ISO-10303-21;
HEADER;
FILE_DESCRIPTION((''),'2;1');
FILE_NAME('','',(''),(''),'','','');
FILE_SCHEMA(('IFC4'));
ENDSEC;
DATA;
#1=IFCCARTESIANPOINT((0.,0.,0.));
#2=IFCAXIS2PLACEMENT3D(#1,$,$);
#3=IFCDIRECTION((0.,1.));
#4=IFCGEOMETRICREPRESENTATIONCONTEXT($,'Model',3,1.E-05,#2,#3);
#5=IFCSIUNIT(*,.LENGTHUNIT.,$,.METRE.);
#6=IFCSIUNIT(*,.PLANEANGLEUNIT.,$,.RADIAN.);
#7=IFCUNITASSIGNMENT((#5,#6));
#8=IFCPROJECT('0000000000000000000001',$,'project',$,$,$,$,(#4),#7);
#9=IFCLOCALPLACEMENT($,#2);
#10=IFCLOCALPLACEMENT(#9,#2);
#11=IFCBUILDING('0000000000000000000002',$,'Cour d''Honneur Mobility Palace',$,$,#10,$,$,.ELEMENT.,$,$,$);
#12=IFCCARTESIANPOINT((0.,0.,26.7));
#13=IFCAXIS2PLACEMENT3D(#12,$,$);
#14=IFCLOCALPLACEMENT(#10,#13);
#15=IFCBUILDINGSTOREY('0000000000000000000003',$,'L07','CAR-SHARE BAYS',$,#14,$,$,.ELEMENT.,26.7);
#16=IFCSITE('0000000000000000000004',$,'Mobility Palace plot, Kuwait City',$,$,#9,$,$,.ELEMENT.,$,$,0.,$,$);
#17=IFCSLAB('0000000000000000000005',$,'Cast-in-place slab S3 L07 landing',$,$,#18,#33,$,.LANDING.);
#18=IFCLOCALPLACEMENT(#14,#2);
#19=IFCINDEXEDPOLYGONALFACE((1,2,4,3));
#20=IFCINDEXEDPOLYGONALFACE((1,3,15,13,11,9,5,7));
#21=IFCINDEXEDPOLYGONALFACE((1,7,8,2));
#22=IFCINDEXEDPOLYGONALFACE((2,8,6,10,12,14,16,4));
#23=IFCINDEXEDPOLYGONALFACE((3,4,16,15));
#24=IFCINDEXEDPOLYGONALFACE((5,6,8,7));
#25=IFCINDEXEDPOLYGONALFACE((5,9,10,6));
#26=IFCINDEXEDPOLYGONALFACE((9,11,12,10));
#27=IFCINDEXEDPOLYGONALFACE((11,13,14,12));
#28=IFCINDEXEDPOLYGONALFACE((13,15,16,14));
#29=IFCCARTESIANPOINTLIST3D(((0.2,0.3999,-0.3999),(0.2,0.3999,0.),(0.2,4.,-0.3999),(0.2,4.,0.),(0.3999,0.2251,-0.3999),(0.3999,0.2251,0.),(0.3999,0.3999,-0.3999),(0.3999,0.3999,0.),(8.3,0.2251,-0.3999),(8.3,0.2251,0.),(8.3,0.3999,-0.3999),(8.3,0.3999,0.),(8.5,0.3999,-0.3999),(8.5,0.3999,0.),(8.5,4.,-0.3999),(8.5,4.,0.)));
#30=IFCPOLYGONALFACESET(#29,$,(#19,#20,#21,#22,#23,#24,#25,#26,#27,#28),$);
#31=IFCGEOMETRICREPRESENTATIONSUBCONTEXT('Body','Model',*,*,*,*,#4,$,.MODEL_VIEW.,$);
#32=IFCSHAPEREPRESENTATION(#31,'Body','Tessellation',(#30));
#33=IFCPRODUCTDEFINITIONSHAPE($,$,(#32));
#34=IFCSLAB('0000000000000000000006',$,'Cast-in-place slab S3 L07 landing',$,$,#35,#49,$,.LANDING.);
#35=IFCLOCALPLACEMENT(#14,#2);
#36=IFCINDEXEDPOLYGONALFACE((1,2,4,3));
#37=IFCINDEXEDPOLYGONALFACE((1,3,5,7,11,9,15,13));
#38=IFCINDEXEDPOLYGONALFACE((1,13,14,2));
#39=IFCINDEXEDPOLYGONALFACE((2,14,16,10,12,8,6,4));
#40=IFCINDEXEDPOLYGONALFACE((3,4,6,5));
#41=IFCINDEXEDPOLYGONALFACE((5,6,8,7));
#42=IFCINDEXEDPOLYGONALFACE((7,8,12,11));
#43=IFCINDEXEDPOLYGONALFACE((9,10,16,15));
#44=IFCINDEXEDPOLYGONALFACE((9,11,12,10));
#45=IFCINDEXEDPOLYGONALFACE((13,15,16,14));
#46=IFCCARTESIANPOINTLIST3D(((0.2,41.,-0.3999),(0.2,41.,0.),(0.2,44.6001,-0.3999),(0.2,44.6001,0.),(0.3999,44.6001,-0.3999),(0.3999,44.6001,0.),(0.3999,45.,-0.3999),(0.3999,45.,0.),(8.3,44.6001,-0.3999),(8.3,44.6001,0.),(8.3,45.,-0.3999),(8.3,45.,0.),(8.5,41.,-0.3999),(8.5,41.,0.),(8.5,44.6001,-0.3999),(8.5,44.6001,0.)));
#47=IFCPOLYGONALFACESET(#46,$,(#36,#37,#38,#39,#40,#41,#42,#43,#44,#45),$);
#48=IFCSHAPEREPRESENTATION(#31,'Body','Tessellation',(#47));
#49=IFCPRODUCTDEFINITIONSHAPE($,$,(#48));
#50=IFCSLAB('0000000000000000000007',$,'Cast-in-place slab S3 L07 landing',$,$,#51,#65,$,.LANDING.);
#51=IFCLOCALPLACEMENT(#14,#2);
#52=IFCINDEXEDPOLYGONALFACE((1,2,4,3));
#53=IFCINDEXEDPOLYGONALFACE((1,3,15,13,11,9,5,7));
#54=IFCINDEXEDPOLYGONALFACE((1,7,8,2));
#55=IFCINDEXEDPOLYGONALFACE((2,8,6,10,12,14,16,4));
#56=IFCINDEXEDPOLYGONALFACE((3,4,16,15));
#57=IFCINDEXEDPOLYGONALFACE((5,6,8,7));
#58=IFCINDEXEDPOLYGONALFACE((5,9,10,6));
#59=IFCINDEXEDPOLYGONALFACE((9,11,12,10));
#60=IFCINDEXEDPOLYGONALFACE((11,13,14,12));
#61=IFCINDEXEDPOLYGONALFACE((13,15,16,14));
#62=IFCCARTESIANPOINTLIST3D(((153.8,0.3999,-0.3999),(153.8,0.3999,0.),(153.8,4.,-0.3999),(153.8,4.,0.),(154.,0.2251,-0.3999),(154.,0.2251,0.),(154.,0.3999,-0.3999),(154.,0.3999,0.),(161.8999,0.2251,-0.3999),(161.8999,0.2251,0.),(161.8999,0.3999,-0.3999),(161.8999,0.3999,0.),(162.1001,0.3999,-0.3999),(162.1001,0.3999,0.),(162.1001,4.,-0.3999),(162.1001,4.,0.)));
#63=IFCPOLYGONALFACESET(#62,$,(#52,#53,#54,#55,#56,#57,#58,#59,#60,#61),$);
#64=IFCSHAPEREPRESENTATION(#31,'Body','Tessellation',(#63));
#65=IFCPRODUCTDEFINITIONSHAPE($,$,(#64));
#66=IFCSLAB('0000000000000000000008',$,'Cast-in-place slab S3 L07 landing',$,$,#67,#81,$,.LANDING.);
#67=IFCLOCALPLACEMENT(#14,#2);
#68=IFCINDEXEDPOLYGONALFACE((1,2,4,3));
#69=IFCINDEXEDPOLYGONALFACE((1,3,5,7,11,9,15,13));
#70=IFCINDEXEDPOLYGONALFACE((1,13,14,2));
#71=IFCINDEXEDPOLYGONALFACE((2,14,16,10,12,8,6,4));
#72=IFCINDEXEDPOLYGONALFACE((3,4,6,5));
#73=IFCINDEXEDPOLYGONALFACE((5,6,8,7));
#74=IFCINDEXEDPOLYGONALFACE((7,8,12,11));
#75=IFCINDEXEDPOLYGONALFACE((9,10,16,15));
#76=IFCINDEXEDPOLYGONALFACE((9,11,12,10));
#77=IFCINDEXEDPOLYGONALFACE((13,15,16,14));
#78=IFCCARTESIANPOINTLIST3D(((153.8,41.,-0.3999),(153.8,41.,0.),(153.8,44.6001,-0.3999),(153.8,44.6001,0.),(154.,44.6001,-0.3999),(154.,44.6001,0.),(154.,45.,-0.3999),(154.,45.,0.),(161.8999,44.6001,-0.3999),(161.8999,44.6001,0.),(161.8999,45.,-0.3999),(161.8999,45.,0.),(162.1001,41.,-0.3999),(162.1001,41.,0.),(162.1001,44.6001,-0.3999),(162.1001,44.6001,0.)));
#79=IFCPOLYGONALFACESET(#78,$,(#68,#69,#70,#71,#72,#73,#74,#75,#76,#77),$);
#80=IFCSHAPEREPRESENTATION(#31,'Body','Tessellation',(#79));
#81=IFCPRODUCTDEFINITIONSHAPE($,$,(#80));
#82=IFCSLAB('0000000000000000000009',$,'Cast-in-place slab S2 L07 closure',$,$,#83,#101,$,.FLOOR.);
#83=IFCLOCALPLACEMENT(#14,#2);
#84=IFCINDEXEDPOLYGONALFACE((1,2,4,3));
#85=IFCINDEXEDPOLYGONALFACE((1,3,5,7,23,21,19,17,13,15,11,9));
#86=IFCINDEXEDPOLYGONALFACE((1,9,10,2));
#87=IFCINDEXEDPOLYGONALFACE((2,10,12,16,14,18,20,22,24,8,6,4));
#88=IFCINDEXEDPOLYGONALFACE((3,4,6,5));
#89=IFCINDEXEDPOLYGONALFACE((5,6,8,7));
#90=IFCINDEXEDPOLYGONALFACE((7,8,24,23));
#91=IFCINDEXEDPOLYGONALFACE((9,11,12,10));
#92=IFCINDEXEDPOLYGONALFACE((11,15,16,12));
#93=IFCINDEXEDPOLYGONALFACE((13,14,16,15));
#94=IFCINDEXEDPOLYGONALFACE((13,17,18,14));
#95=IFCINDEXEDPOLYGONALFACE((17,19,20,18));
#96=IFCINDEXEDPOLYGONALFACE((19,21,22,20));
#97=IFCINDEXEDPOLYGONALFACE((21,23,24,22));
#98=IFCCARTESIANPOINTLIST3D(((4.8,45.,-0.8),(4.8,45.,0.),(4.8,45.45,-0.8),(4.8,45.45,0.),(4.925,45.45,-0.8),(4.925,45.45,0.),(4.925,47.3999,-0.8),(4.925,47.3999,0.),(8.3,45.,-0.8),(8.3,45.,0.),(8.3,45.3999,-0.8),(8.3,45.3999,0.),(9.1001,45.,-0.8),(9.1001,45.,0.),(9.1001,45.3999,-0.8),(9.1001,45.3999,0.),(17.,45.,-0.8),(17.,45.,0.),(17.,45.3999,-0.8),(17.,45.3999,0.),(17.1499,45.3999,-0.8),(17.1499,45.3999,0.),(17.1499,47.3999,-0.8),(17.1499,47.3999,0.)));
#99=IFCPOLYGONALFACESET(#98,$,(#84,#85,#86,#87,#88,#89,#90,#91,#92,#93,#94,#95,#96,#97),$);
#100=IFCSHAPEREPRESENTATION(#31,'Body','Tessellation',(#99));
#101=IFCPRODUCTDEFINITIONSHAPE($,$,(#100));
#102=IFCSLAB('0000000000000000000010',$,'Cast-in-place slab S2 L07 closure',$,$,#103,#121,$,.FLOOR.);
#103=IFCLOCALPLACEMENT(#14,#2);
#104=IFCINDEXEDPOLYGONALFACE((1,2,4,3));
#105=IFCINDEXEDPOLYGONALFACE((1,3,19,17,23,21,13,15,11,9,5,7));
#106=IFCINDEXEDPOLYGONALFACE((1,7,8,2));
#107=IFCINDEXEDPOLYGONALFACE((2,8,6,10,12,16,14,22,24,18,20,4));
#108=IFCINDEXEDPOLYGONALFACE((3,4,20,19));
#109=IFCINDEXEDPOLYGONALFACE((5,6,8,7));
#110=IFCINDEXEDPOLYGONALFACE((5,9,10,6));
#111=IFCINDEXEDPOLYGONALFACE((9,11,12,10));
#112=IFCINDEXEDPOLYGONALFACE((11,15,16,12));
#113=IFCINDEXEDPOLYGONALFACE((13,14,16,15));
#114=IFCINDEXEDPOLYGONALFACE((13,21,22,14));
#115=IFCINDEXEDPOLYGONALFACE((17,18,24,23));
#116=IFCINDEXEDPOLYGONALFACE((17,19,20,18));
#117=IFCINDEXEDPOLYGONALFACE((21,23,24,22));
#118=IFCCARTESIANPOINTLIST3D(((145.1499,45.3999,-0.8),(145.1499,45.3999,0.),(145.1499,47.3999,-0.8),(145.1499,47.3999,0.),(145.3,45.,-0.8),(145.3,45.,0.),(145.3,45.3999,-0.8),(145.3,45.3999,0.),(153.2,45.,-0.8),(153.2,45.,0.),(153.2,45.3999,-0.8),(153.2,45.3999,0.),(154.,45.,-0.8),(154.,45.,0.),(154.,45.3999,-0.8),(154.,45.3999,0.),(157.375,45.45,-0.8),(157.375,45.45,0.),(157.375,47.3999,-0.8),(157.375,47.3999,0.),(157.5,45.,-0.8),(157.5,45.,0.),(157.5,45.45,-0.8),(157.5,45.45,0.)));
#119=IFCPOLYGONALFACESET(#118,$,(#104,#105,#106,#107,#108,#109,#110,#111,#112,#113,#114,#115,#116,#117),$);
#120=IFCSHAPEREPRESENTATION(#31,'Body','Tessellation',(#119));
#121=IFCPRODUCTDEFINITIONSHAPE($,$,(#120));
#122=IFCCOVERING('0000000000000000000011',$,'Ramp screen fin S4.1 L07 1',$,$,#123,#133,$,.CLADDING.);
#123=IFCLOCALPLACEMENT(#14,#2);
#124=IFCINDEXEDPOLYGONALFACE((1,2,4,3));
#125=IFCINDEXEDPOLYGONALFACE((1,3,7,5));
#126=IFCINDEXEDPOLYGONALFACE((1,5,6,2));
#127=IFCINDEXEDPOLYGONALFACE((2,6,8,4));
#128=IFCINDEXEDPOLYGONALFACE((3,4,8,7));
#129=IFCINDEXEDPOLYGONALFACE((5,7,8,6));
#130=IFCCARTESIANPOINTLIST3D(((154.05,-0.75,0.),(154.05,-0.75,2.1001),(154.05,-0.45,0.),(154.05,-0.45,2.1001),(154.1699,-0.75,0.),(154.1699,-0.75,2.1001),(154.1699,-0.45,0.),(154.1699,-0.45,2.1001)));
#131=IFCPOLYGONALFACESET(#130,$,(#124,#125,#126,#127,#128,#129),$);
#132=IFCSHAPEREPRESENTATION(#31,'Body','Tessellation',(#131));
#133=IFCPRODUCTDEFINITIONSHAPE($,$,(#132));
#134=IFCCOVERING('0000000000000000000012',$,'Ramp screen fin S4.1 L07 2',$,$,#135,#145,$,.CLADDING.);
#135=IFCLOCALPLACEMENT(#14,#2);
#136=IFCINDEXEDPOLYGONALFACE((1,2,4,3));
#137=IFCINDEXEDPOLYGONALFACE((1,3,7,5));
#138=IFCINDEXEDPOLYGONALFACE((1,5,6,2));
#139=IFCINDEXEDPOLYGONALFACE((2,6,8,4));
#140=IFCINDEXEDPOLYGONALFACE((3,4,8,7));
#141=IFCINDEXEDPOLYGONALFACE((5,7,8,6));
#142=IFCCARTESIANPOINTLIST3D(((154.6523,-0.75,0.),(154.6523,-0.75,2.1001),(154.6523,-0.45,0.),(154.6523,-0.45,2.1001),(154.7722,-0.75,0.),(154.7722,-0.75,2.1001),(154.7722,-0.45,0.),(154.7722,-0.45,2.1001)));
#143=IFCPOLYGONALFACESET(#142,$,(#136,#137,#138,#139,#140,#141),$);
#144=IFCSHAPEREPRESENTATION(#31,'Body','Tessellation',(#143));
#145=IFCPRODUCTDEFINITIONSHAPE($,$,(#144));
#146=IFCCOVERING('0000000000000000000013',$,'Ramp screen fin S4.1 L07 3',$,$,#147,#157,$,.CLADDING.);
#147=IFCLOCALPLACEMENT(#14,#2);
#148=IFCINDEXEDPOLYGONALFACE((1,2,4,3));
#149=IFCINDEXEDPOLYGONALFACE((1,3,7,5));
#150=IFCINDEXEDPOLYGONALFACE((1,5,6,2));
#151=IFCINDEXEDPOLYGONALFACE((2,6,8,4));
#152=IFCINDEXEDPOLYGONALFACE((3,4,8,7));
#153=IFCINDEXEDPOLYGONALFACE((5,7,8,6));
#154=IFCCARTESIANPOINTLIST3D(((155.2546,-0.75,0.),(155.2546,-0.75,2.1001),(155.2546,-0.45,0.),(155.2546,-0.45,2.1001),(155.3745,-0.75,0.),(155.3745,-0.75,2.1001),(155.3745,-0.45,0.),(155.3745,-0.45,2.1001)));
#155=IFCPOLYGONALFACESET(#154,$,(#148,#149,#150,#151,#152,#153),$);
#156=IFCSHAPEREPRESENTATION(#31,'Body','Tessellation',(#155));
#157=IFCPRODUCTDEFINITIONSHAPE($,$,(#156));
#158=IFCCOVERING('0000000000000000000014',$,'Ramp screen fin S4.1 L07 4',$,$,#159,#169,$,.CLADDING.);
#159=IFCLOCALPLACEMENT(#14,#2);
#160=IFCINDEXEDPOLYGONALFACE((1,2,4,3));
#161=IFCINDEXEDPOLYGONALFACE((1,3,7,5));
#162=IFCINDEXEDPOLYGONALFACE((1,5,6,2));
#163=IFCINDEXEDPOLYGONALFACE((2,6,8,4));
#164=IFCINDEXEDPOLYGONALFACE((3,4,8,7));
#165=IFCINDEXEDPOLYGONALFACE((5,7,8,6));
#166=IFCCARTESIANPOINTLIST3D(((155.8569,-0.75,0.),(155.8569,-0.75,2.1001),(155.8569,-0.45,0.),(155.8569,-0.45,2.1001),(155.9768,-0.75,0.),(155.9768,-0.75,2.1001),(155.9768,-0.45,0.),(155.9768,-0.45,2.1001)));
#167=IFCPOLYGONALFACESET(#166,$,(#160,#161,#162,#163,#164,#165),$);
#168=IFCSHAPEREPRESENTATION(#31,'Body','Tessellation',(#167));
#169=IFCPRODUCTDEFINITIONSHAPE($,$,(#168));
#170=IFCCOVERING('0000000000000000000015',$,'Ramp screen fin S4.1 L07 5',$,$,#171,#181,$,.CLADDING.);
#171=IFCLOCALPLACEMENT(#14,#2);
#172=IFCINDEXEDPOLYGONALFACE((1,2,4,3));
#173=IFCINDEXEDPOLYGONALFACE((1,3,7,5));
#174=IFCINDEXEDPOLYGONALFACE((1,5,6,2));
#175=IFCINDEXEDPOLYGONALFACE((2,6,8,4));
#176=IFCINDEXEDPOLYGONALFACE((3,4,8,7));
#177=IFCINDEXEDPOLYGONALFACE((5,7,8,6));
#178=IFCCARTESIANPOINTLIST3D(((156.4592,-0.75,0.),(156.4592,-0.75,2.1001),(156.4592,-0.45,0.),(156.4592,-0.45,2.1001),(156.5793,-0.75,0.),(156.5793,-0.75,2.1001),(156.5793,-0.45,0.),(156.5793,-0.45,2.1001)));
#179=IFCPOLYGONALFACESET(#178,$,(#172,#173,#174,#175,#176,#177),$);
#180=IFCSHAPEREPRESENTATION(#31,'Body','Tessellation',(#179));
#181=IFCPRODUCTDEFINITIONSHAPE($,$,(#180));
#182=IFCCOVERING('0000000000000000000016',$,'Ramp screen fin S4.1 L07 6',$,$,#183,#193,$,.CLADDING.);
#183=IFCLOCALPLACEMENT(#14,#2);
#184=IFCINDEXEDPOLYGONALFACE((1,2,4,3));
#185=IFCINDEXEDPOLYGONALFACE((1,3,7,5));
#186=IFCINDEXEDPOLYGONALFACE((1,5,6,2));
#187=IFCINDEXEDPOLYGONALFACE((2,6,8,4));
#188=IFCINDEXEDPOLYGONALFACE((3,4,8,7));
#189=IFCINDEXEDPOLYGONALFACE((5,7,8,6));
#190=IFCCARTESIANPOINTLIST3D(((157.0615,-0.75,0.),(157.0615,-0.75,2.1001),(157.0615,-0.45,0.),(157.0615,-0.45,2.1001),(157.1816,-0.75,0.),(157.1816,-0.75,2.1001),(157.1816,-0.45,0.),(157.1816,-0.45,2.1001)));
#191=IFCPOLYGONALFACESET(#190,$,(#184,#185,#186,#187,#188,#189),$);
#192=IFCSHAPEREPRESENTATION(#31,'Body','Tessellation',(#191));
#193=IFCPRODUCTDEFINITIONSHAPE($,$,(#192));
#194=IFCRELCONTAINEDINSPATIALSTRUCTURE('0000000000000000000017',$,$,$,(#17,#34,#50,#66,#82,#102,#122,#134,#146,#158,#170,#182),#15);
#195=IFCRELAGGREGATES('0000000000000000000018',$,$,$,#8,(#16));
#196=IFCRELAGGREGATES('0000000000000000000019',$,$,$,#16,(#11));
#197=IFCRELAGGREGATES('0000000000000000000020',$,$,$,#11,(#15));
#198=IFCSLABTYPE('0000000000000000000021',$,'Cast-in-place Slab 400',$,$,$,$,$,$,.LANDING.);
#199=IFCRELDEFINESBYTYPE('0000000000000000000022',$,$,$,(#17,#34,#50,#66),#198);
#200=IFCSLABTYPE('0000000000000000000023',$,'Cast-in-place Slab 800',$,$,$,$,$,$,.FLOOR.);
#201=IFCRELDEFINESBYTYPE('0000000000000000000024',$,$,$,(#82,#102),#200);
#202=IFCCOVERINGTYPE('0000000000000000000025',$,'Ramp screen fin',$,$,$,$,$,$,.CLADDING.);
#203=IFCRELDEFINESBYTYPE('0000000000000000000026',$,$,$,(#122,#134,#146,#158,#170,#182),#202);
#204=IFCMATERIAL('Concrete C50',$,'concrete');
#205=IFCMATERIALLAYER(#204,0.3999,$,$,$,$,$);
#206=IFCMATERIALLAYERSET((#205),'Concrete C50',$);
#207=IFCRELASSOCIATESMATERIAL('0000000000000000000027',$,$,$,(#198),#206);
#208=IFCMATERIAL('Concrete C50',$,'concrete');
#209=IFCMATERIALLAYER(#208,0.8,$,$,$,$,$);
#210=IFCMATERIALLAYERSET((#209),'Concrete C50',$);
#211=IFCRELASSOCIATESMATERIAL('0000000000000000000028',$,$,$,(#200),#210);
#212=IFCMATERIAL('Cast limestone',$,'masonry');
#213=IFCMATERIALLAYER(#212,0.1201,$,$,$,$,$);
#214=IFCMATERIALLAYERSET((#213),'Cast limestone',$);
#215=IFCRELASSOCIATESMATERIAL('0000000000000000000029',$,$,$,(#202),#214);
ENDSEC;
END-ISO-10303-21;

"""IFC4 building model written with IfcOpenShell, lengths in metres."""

from ifc_helpers import new_model, si_unit, direction, frame, origin, place, context, subcontext, project, spatial, polyline, outline, extrude, material, layer, layer_set, type_object, element, save


model = new_model("IFC4")

# Units and contexts
model_context = context("Model", 3, precision=1e-05, world=origin(), true_north=direction((0.0, 1.0)))
body_context = subcontext(model_context, "Body", "Model", "MODEL_VIEW")
ifc_project = project(units=[si_unit("LENGTHUNIT", "METRE"), si_unit("PLANEANGLEUNIT", "RADIAN")], contexts=[model_context])

# Site, building, storey
site_placement = place(None, origin())
site = spatial("IfcSite", under=ifc_project, at=site_placement, Name="Mobility Palace plot, Kuwait City", CompositionType="ELEMENT", RefElevation=0.0)
building_placement = place(site_placement, origin())
building = spatial("IfcBuilding", under=site, at=building_placement, Name="Cour d'Honneur Mobility Palace", CompositionType="ELEMENT")
storey_placement = place(building_placement, frame((0.0, 0.0, 26.7)))
storey = spatial("IfcBuildingStorey", under=building, at=storey_placement, Name="L07", Description="CAR-SHARE BAYS", CompositionType="ELEMENT", Elevation=26.7)

# Slabs
ifc_material_1 = material(Name="Concrete C50", Category="concrete")
ifc_layer_1 = layer(ifc_material_1, 0.3999)
ifc_layer_set_1 = layer_set([ifc_layer_1], Name="Concrete C50")
slab_type_1 = type_object("IfcSlabType", Name="Cast-in-place Slab 400", PredefinedType="LANDING", material=ifc_layer_set_1)
slab_1_placement = place(storey_placement, frame((0.0, 0.0, -0.3999)))
element("IfcSlab", 1, at=slab_1_placement, inside=storey, type_object=slab_type_1, Name="Cast-in-place slab S3 L07 landing", PredefinedType="LANDING", context=body_context, shape_type="SweptSolid", body=[
    extrude(outline(polyline([(8.3, 0.3999), (8.3, 0.2251), (0.3999, 0.2251), (0.3999, 0.3999), (0.2, 0.3999), (0.2, 4.0), (8.5, 4.0), (8.5, 0.3999), (8.3, 0.3999)])), origin(), (0.0, 0.0, 1.0), 0.3999),
])
slab_2_placement = place(storey_placement, frame((0.0, 0.0, -0.3999)))
element("IfcSlab", 2, at=slab_2_placement, inside=storey, type_object=slab_type_1, Name="Cast-in-place slab S3 L07 landing", PredefinedType="LANDING", context=body_context, shape_type="SweptSolid", body=[
    extrude(outline(polyline([(8.5, 44.6001), (8.5, 41.0), (0.2, 41.0), (0.2, 44.6001), (0.3999, 44.6001), (0.3999, 45.0), (8.3, 45.0), (8.3, 44.6001), (8.5, 44.6001)])), origin(), (0.0, 0.0, 1.0), 0.3999),
])
slab_3_placement = place(storey_placement, frame((0.0, 0.0, -0.3999)))
element("IfcSlab", 3, at=slab_3_placement, inside=storey, type_object=slab_type_1, Name="Cast-in-place slab S3 L07 landing", PredefinedType="LANDING", context=body_context, shape_type="SweptSolid", body=[
    extrude(outline(polyline([(161.8999, 0.3999), (161.8999, 0.2251), (154.0, 0.2251), (154.0, 0.3999), (153.8, 0.3999), (153.8, 4.0), (162.1001, 4.0), (162.1001, 0.3999), (161.8999, 0.3999)])), origin(), (0.0, 0.0, 1.0), 0.3999),
])
slab_4_placement = place(storey_placement, frame((0.0, 0.0, -0.3999)))
element("IfcSlab", 4, at=slab_4_placement, inside=storey, type_object=slab_type_1, Name="Cast-in-place slab S3 L07 landing", PredefinedType="LANDING", context=body_context, shape_type="SweptSolid", body=[
    extrude(outline(polyline([(162.1001, 44.6001), (162.1001, 41.0), (153.8, 41.0), (153.8, 44.6001), (154.0, 44.6001), (154.0, 45.0), (161.8999, 45.0), (161.8999, 44.6001), (162.1001, 44.6001)])), origin(), (0.0, 0.0, 1.0), 0.3999),
])
ifc_material_2 = material(Name="Concrete C50", Category="concrete")
ifc_layer_2 = layer(ifc_material_2, 0.8)
ifc_layer_set_2 = layer_set([ifc_layer_2], Name="Concrete C50")
slab_type_2 = type_object("IfcSlabType", Name="Cast-in-place Slab 800", PredefinedType="FLOOR", material=ifc_layer_set_2)
slab_5_placement = place(storey_placement, frame((0.0, 0.0, -0.8)))
element("IfcSlab", 5, at=slab_5_placement, inside=storey, type_object=slab_type_2, Name="Cast-in-place slab S2 L07 closure", PredefinedType="FLOOR", context=body_context, shape_type="SweptSolid", body=[
    extrude(outline(polyline([(17.0, 45.3999), (17.0, 45.0), (9.1001, 45.0), (9.1001, 45.3999), (8.3, 45.3999), (8.3, 45.0), (4.8, 45.0), (4.8, 45.45), (4.925, 45.45), (4.925, 47.3999), (17.1499, 47.3999), (17.1499, 45.3999), (17.0, 45.3999)])), origin(), (0.0, 0.0, 1.0), 0.8),
])
slab_6_placement = place(storey_placement, frame((0.0, 0.0, -0.8)))
element("IfcSlab", 6, at=slab_6_placement, inside=storey, type_object=slab_type_2, Name="Cast-in-place slab S2 L07 closure", PredefinedType="FLOOR", context=body_context, shape_type="SweptSolid", body=[
    extrude(outline(polyline([(154.0, 45.3999), (153.2, 45.3999), (153.2, 45.0), (145.3, 45.0), (145.3, 45.3999), (145.1499, 45.3999), (145.1499, 47.3999), (157.375, 47.3999), (157.375, 45.45), (157.5, 45.45), (157.5, 45.0), (154.0, 45.0), (154.0, 45.3999)])), origin(), (0.0, 0.0, 1.0), 0.8),
])

# Coverings
ifc_material_3 = material(Name="Cast limestone", Category="masonry")
ifc_layer_3 = layer(ifc_material_3, 0.1201)
ifc_layer_set_3 = layer_set([ifc_layer_3], Name="Cast limestone")
covering_type = type_object("IfcCoveringType", Name="Ramp screen fin", PredefinedType="CLADDING", material=ifc_layer_set_3)
covering_1_placement = place(storey_placement, origin())
element("IfcCovering", 7, at=covering_1_placement, inside=storey, type_object=covering_type, Name="Ramp screen fin S4.1 L07 1", PredefinedType="CLADDING", context=body_context, shape_type="SweptSolid", body=[
    extrude(outline(polyline([(154.05, -0.45), (154.1699, -0.45), (154.1699, -0.75), (154.05, -0.75), (154.05, -0.45)])), origin(), (0.0, 0.0, 1.0), 2.1001),
])
covering_2_placement = place(storey_placement, origin())
element("IfcCovering", 8, at=covering_2_placement, inside=storey, type_object=covering_type, Name="Ramp screen fin S4.1 L07 2", PredefinedType="CLADDING", context=body_context, shape_type="SweptSolid", body=[
    extrude(outline(polyline([(154.6523, -0.45), (154.7722, -0.45), (154.7722, -0.75), (154.6523, -0.75), (154.6523, -0.45)])), origin(), (0.0, 0.0, 1.0), 2.1001),
])
covering_3_placement = place(storey_placement, origin())
element("IfcCovering", 9, at=covering_3_placement, inside=storey, type_object=covering_type, Name="Ramp screen fin S4.1 L07 3", PredefinedType="CLADDING", context=body_context, shape_type="SweptSolid", body=[
    extrude(outline(polyline([(155.2546, -0.45), (155.3745, -0.45), (155.3745, -0.75), (155.2546, -0.75), (155.2546, -0.45)])), origin(), (0.0, 0.0, 1.0), 2.1001),
])
covering_4_placement = place(storey_placement, origin())
element("IfcCovering", 10, at=covering_4_placement, inside=storey, type_object=covering_type, Name="Ramp screen fin S4.1 L07 4", PredefinedType="CLADDING", context=body_context, shape_type="SweptSolid", body=[
    extrude(outline(polyline([(155.8569, -0.45), (155.9768, -0.45), (155.9768, -0.75), (155.8569, -0.75), (155.8569, -0.45)])), origin(), (0.0, 0.0, 1.0), 2.1001),
])
covering_5_placement = place(storey_placement, origin())
element("IfcCovering", 11, at=covering_5_placement, inside=storey, type_object=covering_type, Name="Ramp screen fin S4.1 L07 5", PredefinedType="CLADDING", context=body_context, shape_type="SweptSolid", body=[
    extrude(outline(polyline([(156.4592, -0.45), (156.5793, -0.45), (156.5793, -0.75), (156.4592, -0.75), (156.4592, -0.45)])), origin(), (0.0, 0.0, 1.0), 2.1001),
])
covering_6_placement = place(storey_placement, origin())
element("IfcCovering", 12, at=covering_6_placement, inside=storey, type_object=covering_type, Name="Ramp screen fin S4.1 L07 6", PredefinedType="CLADDING", context=body_context, shape_type="SweptSolid", body=[
    extrude(outline(polyline([(157.0615, -0.45), (157.1816, -0.45), (157.1816, -0.75), (157.0615, -0.75), (157.0615, -0.45)])), origin(), (0.0, 0.0, 1.0), 2.1001),
])

save(model, "model.ifc")
